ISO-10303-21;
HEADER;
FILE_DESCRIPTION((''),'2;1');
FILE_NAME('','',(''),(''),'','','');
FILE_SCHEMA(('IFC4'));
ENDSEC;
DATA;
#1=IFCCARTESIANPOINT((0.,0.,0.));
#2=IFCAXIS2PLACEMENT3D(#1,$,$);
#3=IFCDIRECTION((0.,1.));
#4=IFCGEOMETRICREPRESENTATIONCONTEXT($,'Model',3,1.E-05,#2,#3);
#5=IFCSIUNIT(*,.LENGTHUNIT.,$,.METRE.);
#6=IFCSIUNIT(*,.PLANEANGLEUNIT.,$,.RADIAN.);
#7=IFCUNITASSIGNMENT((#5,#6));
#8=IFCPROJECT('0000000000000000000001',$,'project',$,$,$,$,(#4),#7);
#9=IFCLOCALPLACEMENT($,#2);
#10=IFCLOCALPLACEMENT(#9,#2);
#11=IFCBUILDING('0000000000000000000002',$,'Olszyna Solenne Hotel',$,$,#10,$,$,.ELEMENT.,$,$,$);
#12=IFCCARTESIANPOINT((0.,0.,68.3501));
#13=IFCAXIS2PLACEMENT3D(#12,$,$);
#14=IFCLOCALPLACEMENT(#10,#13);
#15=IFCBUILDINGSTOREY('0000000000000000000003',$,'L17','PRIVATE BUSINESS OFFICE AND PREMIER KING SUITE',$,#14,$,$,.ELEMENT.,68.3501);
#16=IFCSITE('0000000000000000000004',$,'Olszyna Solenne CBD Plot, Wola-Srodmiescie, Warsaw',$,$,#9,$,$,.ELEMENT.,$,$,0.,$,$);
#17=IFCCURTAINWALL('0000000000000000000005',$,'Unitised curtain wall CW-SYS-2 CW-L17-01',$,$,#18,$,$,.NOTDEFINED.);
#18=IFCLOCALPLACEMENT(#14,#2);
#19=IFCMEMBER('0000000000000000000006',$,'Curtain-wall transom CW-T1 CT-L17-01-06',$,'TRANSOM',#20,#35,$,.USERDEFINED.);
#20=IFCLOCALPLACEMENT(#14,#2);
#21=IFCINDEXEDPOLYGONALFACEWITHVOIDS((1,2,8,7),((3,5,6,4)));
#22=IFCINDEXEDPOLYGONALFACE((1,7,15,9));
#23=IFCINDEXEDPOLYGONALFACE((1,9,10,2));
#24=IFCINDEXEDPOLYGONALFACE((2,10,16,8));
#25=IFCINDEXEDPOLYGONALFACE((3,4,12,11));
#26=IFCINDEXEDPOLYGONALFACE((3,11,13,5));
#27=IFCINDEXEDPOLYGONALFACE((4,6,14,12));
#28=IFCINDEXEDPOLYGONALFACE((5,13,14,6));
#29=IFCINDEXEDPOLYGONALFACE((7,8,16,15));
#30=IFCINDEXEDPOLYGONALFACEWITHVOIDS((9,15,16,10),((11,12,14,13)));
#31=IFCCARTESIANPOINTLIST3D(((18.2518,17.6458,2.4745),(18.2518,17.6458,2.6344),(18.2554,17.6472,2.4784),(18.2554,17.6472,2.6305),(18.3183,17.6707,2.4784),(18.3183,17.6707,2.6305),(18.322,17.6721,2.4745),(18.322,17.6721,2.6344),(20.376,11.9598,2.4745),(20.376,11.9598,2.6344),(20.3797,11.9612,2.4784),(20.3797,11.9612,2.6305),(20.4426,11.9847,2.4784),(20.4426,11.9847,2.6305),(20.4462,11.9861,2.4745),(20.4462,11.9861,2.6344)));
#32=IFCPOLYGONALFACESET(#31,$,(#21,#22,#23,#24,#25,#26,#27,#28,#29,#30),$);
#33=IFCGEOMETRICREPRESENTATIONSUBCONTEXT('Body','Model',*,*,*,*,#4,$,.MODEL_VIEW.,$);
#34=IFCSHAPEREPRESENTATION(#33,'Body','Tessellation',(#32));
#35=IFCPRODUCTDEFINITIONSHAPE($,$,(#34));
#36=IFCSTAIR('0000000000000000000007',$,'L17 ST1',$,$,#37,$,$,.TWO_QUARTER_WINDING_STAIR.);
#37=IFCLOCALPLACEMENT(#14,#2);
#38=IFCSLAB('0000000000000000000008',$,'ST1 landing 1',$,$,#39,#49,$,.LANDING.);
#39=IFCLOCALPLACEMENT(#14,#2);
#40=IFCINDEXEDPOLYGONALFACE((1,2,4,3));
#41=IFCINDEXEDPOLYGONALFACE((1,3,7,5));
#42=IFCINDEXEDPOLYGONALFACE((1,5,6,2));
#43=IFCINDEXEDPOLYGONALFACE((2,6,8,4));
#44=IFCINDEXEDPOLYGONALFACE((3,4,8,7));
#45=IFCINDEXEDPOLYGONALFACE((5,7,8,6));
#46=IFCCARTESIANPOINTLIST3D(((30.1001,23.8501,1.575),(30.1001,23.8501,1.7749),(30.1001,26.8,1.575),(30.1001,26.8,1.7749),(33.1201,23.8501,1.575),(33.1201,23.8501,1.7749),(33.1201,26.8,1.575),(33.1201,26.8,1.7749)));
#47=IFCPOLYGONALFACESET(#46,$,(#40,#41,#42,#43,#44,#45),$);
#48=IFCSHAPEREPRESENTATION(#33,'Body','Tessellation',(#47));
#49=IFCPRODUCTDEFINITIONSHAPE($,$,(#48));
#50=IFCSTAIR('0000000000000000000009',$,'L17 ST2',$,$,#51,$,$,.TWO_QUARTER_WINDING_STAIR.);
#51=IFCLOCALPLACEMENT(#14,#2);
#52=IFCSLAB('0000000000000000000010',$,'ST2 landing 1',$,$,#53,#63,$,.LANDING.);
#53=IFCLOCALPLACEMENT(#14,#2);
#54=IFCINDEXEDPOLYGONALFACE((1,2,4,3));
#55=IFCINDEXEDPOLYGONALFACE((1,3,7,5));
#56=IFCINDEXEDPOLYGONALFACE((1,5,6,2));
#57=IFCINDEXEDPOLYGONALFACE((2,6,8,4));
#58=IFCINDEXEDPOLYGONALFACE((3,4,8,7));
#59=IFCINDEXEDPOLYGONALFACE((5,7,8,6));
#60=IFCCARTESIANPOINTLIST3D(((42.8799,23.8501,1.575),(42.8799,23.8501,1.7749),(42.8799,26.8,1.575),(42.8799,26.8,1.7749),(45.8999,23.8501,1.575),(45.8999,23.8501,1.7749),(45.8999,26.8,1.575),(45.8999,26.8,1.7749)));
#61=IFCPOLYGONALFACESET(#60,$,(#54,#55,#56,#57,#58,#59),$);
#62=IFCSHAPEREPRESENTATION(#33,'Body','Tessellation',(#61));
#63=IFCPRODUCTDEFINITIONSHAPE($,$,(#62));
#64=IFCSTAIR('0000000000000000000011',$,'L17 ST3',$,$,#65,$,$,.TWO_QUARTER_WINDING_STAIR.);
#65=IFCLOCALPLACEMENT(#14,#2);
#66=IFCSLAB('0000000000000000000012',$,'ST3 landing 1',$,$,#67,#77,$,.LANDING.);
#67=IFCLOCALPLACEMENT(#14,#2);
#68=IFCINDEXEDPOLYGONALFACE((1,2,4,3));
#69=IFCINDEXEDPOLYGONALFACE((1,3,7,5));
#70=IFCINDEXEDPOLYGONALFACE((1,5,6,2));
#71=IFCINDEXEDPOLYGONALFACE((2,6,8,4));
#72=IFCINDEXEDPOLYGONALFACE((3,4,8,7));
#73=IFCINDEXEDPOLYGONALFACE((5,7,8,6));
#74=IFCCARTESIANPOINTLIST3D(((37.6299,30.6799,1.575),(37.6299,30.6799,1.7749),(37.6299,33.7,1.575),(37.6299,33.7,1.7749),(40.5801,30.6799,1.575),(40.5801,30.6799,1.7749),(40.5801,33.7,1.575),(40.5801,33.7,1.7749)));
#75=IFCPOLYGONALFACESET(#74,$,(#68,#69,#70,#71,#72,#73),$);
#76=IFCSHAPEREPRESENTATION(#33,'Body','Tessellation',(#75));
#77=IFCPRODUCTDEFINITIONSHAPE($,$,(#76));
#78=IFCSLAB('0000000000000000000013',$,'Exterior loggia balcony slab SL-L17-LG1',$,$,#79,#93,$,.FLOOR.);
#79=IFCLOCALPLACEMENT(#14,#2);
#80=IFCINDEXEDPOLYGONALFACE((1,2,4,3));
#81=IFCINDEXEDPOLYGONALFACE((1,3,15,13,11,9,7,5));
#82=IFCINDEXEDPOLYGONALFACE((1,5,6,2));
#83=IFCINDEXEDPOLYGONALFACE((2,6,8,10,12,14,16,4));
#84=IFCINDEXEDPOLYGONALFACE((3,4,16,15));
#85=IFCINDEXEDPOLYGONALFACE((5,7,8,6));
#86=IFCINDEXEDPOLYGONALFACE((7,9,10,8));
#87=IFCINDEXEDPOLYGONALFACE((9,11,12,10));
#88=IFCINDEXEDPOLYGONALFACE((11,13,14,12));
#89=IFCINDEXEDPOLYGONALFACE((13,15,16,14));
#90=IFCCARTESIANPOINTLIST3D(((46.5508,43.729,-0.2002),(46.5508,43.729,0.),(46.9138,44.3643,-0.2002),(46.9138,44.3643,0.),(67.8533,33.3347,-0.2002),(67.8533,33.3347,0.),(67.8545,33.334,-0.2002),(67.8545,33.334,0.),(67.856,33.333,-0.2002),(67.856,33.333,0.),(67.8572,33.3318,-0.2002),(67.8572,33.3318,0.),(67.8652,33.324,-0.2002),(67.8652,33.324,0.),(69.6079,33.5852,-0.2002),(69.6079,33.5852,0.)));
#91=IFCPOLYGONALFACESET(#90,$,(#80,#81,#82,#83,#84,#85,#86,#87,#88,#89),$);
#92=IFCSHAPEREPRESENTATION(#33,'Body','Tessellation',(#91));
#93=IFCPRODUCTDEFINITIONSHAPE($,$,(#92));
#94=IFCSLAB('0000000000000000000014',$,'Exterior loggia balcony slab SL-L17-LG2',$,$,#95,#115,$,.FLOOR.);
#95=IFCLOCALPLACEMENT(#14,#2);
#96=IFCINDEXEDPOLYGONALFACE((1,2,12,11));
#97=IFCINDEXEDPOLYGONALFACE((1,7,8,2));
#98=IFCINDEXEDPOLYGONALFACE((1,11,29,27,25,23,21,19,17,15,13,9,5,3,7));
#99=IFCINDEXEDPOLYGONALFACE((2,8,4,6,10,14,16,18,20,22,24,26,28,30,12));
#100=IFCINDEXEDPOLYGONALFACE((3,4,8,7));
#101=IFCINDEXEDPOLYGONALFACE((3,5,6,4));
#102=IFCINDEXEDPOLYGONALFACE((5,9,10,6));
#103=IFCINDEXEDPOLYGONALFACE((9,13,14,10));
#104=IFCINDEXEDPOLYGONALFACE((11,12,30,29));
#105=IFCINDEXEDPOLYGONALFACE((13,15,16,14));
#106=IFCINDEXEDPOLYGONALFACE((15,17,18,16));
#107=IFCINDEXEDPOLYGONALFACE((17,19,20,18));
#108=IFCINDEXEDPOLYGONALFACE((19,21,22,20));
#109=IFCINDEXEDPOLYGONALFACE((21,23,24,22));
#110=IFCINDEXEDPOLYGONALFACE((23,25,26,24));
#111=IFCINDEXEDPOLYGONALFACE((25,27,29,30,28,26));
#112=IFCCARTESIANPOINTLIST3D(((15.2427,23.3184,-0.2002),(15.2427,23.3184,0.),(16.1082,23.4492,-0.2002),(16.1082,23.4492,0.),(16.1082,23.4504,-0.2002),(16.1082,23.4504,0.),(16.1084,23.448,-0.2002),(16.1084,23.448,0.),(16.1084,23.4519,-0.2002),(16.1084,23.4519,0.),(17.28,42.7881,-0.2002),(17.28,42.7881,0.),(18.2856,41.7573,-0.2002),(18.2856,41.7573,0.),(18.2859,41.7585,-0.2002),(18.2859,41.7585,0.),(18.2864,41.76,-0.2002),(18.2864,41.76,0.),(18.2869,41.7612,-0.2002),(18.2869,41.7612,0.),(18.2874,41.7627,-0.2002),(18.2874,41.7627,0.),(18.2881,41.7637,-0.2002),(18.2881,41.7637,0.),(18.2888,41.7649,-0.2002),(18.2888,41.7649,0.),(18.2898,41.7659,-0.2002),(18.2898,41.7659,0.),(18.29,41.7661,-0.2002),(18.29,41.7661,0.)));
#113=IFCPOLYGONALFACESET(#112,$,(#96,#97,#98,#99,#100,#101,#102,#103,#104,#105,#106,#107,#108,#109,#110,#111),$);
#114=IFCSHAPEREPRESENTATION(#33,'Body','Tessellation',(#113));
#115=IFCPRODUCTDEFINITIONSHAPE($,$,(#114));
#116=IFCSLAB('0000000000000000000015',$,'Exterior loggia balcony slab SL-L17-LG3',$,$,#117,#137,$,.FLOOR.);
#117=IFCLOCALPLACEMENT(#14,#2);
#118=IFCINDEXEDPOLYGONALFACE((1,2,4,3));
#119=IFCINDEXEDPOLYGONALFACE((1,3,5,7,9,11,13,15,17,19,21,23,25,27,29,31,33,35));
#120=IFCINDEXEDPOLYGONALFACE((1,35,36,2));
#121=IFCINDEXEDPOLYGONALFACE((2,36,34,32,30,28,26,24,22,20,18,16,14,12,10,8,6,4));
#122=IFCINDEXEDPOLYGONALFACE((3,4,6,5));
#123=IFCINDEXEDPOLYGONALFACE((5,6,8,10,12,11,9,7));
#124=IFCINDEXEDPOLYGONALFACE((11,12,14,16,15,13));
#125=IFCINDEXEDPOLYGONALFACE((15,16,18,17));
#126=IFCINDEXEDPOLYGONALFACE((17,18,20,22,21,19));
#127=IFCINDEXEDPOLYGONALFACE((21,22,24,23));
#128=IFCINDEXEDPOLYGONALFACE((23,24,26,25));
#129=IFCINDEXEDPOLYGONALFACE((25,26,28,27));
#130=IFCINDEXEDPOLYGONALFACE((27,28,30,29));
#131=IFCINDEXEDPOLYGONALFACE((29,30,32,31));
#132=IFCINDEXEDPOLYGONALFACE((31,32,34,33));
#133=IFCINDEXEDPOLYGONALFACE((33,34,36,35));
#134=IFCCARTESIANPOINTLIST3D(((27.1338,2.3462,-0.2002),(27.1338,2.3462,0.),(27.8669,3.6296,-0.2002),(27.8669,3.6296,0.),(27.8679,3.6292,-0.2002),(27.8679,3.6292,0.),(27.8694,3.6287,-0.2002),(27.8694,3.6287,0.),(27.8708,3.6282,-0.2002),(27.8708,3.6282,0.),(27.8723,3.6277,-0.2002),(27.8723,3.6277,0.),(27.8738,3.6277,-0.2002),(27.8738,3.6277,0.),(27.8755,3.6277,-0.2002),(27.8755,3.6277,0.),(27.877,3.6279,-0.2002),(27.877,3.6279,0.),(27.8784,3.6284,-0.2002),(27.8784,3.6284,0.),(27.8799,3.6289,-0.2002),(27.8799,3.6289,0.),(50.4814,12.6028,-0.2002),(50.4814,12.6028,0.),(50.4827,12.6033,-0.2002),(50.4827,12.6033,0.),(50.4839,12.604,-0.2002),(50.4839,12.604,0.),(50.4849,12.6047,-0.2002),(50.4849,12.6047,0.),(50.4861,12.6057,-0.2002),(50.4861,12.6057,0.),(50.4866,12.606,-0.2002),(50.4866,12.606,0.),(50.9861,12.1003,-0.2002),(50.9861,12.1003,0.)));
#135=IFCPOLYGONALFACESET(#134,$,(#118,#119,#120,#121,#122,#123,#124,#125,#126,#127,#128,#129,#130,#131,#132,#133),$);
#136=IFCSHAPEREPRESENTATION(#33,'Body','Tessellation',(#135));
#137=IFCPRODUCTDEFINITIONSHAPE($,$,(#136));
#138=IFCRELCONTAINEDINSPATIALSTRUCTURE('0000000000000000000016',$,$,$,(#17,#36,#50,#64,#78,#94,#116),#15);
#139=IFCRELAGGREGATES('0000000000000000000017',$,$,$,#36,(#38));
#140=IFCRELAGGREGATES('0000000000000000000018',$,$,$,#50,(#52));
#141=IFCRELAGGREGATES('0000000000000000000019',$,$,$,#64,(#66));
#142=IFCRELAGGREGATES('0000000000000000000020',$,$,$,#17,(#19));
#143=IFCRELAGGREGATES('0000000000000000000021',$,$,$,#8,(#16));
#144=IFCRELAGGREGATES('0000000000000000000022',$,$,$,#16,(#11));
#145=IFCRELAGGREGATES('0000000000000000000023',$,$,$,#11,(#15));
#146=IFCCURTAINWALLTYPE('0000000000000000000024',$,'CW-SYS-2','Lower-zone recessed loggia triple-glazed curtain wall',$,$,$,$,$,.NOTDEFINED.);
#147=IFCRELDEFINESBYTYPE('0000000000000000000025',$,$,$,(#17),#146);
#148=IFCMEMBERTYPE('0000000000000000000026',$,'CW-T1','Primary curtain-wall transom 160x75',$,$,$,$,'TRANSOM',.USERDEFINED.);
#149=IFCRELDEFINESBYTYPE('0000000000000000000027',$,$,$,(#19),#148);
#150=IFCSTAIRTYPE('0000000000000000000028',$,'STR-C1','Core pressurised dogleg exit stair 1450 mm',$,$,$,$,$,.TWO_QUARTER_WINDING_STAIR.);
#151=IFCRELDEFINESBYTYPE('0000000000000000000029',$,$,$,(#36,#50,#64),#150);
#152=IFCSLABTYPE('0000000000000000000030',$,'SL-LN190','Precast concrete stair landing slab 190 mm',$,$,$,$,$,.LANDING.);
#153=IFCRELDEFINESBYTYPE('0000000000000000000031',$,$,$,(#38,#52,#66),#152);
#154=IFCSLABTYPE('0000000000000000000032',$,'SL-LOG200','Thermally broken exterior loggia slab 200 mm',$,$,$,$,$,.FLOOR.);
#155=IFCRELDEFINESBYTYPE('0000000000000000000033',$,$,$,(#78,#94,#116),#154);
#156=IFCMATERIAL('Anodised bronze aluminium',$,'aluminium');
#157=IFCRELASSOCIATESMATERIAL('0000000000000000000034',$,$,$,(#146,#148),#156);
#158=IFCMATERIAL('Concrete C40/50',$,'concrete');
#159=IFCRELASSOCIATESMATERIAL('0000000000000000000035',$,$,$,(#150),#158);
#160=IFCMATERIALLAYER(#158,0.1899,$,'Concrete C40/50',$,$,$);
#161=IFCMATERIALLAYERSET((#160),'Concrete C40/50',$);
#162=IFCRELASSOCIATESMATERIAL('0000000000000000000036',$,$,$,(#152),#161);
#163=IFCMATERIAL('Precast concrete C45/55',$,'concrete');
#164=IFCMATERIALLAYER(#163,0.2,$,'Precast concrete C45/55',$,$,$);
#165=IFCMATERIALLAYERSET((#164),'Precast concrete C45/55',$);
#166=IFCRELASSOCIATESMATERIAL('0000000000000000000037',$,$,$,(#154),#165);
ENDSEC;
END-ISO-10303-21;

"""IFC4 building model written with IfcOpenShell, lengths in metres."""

from ifc_helpers import new_model, si_unit, direction, frame, origin, origin_2d, place, context, subcontext, project, spatial, polyline, hollow_rectangle, outline, extrude, source, transform, mapped, material, layer, layer_set, material_profile, profile_set, type_object, element, aggregate, save


model = new_model("IFC4")

# Units and contexts
model_context = context("Model", 3, precision=1e-05, world=origin(), true_north=direction((0.0, 1.0)))
body_context = subcontext(model_context, "Body", "Model", "MODEL_VIEW")
ifc_project = project(units=[si_unit("LENGTHUNIT", "METRE"), si_unit("PLANEANGLEUNIT", "RADIAN")], contexts=[model_context])

# Site, building, storey
site_placement = place(None, origin())
site = spatial("IfcSite", under=ifc_project, at=site_placement, Name="Olszyna Solenne CBD Plot, Wola-Srodmiescie, Warsaw", CompositionType="ELEMENT", RefElevation=0.0)
building_placement = place(site_placement, origin())
building = spatial("IfcBuilding", under=site, at=building_placement, Name="Olszyna Solenne Hotel", CompositionType="ELEMENT")
storey_placement = place(building_placement, frame((0.0, 0.0, 68.3501)))
storey = spatial("IfcBuildingStorey", under=building, at=storey_placement, Name="L17", Description="PRIVATE BUSINESS OFFICE AND PREMIER KING SUITE", CompositionType="ELEMENT", Elevation=68.3501)

# Curtain wall, member
ifc_material_1 = material(Name="Anodised bronze aluminium", Category="aluminium")
curtain_wall_type = type_object("IfcCurtainWallType", Name="CW-SYS-2", Description="Lower-zone recessed loggia triple-glazed curtain wall", PredefinedType="NOTDEFINED", material=ifc_material_1)
curtain_wall_placement = place(storey_placement, origin())
curtain_wall = element("IfcCurtainWall", 1, at=curtain_wall_placement, inside=storey, type_object=curtain_wall_type, Name="Unitised curtain wall CW-SYS-2 CW-L17-01", PredefinedType="NOTDEFINED")
ifc_material_profile_1 = material_profile(ifc_material_1, hollow_rectangle(XDim=0.075, YDim=0.1599, WallThickness=0.0039, at=origin_2d()), Name="TRAN 160x75x4", Category="load-bearing")
ifc_profile_set_1 = profile_set([ifc_material_profile_1], Name="Anodised bronze aluminium")
member_type_1 = type_object("IfcMemberType", Name="CW-T1", Description="Primary curtain-wall transom 160x75", ElementType="TRANSOM", PredefinedType="USERDEFINED", material=ifc_profile_set_1)
shared_shape_1 = source(origin(), body_context, "Body", "SweptSolid", [
    extrude(hollow_rectangle(XDim=0.075, YDim=0.1599, WallThickness=0.0039, at=origin_2d()), origin(), (0.0, 0.0, 1.0), 6.0698),
])
member_1_placement = place(storey_placement, frame((18.2869, 17.6589, 2.5544), z_axis=(0.349968, -0.936762, 0.0), x_axis=(0.936762, 0.349968, 0.0)))
member_1 = element("IfcMember", 2, at=member_1_placement, type_object=member_type_1, Name="Curtain-wall transom CW-T1 CT-L17-01-06", ObjectType="TRANSOM", PredefinedType="USERDEFINED", context=body_context, shape_type="MappedRepresentation", body=[
    mapped(shared_shape_1, transform((0.0, 0.0, 0.0), x_axis=(1.0, 0.0, 0.0), y_axis=(0.0, 1.0, 0.0), z_axis=(0.0, 0.0, 1.0), scale=1.0)),
])

# Stairs, slabs
ifc_material_2 = material(Name="Concrete C40/50", Category="concrete")
stair_type = type_object("IfcStairType", Name="STR-C1", Description="Core pressurised dogleg exit stair 1450 mm", PredefinedType="TWO_QUARTER_WINDING_STAIR", material=ifc_material_2)
stair_1_placement = place(storey_placement, origin())
stair_1 = element("IfcStair", 3, at=stair_1_placement, inside=storey, type_object=stair_type, Name="L17 ST1", PredefinedType="TWO_QUARTER_WINDING_STAIR")
ifc_layer_1 = layer(ifc_material_2, 0.1899, Name="Concrete C40/50")
ifc_layer_set_1 = layer_set([ifc_layer_1], Name="Concrete C40/50")
slab_type_1 = type_object("IfcSlabType", Name="SL-LN190", Description="Precast concrete stair landing slab 190 mm", PredefinedType="LANDING", material=ifc_layer_set_1)
slab_1_placement = place(storey_placement, frame((0.0, 0.0, 1.575)))
slab_1 = element("IfcSlab", 4, at=slab_1_placement, type_object=slab_type_1, Name="ST1 landing 1", PredefinedType="LANDING", context=body_context, shape_type="SweptSolid", body=[
    extrude(outline(polyline([(33.1201, 23.8501), (33.1201, 26.8), (30.1001, 26.8), (30.1001, 23.8501), (33.1201, 23.8501)])), origin(), (0.0, 0.0, 1.0), 0.2),
])
aggregate(stair_1, [slab_1])
stair_2_placement = place(storey_placement, origin())
stair_2 = element("IfcStair", 5, at=stair_2_placement, inside=storey, type_object=stair_type, Name="L17 ST2", PredefinedType="TWO_QUARTER_WINDING_STAIR")
slab_2_placement = place(storey_placement, frame((0.0, 0.0, 1.575)))
slab_2 = element("IfcSlab", 6, at=slab_2_placement, type_object=slab_type_1, Name="ST2 landing 1", PredefinedType="LANDING", context=body_context, shape_type="SweptSolid", body=[
    extrude(outline(polyline([(45.8999, 23.8501), (45.8999, 26.8), (42.8799, 26.8), (42.8799, 23.8501), (45.8999, 23.8501)])), origin(), (0.0, 0.0, 1.0), 0.2),
])
aggregate(stair_2, [slab_2])
stair_3_placement = place(storey_placement, origin())
stair_3 = element("IfcStair", 7, at=stair_3_placement, inside=storey, type_object=stair_type, Name="L17 ST3", PredefinedType="TWO_QUARTER_WINDING_STAIR")
slab_3_placement = place(storey_placement, frame((0.0, 0.0, 1.575)))
slab_3 = element("IfcSlab", 8, at=slab_3_placement, type_object=slab_type_1, Name="ST3 landing 1", PredefinedType="LANDING", context=body_context, shape_type="SweptSolid", body=[
    extrude(outline(polyline([(37.6299, 30.6799), (40.5801, 30.6799), (40.5801, 33.7), (37.6299, 33.7), (37.6299, 30.6799)])), origin(), (0.0, 0.0, 1.0), 0.2),
])
aggregate(stair_3, [slab_3])

# Slabs
ifc_material_3 = material(Name="Precast concrete C45/55", Category="concrete")
ifc_layer_2 = layer(ifc_material_3, 0.2, Name="Precast concrete C45/55")
ifc_layer_set_2 = layer_set([ifc_layer_2], Name="Precast concrete C45/55")
slab_type_2 = type_object("IfcSlabType", Name="SL-LOG200", Description="Thermally broken exterior loggia slab 200 mm", PredefinedType="FLOOR", material=ifc_layer_set_2)
slab_4_placement = place(storey_placement, frame((0.0, 0.0, -0.2002)))
element("IfcSlab", 9, at=slab_4_placement, inside=storey, type_object=slab_type_2, Name="Exterior loggia balcony slab SL-L17-LG1", PredefinedType="FLOOR", context=body_context, shape_type="SweptSolid", body=[
    extrude(outline(polyline([(46.5508, 43.729), (67.8533, 33.3347), (67.8545, 33.334), (67.856, 33.333), (67.8572, 33.3318), (67.8652, 33.324), (69.6079, 33.5852), (46.9138, 44.3643), (46.5508, 43.729)])), origin(), (0.0, 0.0, 1.0), 0.2002),
])
slab_5_placement = place(storey_placement, frame((0.0, 0.0, -0.2002)))
element("IfcSlab", 10, at=slab_5_placement, inside=storey, type_object=slab_type_2, Name="Exterior loggia balcony slab SL-L17-LG2", PredefinedType="FLOOR", context=body_context, shape_type="SweptSolid", body=[
    extrude(outline(polyline([(16.1084, 23.448), (16.1082, 23.4492), (16.1082, 23.4504), (16.1084, 23.4519), (18.2856, 41.7573), (18.2859, 41.7585), (18.2864, 41.76), (18.2869, 41.7612), (18.2874, 41.7627), (18.2881, 41.7637), (18.2888, 41.7649), (18.2898, 41.7659), (18.29, 41.7661), (17.28, 42.7881), (15.2427, 23.3184), (16.1084, 23.448)])), origin(), (0.0, 0.0, 1.0), 0.2002),
])
slab_6_placement = place(storey_placement, frame((0.0, 0.0, -0.2002)))
element("IfcSlab", 11, at=slab_6_placement, inside=storey, type_object=slab_type_2, Name="Exterior loggia balcony slab SL-L17-LG3", PredefinedType="FLOOR", context=body_context, shape_type="SweptSolid", body=[
    extrude(outline(polyline([(50.4866, 12.606), (50.4861, 12.6057), (50.4849, 12.6047), (50.4839, 12.604), (50.4827, 12.6033), (50.4814, 12.6028), (27.8799, 3.6289), (27.8784, 3.6284), (27.877, 3.6279), (27.8755, 3.6277), (27.8738, 3.6277), (27.8723, 3.6277), (27.8708, 3.6282), (27.8694, 3.6287), (27.8679, 3.6292), (27.8669, 3.6296), (27.1338, 2.3462), (50.9861, 12.1003), (50.4866, 12.606)])), origin(), (0.0, 0.0, 1.0), 0.2002),
])

aggregate(curtain_wall, [member_1])

save(model, "model.ifc")
